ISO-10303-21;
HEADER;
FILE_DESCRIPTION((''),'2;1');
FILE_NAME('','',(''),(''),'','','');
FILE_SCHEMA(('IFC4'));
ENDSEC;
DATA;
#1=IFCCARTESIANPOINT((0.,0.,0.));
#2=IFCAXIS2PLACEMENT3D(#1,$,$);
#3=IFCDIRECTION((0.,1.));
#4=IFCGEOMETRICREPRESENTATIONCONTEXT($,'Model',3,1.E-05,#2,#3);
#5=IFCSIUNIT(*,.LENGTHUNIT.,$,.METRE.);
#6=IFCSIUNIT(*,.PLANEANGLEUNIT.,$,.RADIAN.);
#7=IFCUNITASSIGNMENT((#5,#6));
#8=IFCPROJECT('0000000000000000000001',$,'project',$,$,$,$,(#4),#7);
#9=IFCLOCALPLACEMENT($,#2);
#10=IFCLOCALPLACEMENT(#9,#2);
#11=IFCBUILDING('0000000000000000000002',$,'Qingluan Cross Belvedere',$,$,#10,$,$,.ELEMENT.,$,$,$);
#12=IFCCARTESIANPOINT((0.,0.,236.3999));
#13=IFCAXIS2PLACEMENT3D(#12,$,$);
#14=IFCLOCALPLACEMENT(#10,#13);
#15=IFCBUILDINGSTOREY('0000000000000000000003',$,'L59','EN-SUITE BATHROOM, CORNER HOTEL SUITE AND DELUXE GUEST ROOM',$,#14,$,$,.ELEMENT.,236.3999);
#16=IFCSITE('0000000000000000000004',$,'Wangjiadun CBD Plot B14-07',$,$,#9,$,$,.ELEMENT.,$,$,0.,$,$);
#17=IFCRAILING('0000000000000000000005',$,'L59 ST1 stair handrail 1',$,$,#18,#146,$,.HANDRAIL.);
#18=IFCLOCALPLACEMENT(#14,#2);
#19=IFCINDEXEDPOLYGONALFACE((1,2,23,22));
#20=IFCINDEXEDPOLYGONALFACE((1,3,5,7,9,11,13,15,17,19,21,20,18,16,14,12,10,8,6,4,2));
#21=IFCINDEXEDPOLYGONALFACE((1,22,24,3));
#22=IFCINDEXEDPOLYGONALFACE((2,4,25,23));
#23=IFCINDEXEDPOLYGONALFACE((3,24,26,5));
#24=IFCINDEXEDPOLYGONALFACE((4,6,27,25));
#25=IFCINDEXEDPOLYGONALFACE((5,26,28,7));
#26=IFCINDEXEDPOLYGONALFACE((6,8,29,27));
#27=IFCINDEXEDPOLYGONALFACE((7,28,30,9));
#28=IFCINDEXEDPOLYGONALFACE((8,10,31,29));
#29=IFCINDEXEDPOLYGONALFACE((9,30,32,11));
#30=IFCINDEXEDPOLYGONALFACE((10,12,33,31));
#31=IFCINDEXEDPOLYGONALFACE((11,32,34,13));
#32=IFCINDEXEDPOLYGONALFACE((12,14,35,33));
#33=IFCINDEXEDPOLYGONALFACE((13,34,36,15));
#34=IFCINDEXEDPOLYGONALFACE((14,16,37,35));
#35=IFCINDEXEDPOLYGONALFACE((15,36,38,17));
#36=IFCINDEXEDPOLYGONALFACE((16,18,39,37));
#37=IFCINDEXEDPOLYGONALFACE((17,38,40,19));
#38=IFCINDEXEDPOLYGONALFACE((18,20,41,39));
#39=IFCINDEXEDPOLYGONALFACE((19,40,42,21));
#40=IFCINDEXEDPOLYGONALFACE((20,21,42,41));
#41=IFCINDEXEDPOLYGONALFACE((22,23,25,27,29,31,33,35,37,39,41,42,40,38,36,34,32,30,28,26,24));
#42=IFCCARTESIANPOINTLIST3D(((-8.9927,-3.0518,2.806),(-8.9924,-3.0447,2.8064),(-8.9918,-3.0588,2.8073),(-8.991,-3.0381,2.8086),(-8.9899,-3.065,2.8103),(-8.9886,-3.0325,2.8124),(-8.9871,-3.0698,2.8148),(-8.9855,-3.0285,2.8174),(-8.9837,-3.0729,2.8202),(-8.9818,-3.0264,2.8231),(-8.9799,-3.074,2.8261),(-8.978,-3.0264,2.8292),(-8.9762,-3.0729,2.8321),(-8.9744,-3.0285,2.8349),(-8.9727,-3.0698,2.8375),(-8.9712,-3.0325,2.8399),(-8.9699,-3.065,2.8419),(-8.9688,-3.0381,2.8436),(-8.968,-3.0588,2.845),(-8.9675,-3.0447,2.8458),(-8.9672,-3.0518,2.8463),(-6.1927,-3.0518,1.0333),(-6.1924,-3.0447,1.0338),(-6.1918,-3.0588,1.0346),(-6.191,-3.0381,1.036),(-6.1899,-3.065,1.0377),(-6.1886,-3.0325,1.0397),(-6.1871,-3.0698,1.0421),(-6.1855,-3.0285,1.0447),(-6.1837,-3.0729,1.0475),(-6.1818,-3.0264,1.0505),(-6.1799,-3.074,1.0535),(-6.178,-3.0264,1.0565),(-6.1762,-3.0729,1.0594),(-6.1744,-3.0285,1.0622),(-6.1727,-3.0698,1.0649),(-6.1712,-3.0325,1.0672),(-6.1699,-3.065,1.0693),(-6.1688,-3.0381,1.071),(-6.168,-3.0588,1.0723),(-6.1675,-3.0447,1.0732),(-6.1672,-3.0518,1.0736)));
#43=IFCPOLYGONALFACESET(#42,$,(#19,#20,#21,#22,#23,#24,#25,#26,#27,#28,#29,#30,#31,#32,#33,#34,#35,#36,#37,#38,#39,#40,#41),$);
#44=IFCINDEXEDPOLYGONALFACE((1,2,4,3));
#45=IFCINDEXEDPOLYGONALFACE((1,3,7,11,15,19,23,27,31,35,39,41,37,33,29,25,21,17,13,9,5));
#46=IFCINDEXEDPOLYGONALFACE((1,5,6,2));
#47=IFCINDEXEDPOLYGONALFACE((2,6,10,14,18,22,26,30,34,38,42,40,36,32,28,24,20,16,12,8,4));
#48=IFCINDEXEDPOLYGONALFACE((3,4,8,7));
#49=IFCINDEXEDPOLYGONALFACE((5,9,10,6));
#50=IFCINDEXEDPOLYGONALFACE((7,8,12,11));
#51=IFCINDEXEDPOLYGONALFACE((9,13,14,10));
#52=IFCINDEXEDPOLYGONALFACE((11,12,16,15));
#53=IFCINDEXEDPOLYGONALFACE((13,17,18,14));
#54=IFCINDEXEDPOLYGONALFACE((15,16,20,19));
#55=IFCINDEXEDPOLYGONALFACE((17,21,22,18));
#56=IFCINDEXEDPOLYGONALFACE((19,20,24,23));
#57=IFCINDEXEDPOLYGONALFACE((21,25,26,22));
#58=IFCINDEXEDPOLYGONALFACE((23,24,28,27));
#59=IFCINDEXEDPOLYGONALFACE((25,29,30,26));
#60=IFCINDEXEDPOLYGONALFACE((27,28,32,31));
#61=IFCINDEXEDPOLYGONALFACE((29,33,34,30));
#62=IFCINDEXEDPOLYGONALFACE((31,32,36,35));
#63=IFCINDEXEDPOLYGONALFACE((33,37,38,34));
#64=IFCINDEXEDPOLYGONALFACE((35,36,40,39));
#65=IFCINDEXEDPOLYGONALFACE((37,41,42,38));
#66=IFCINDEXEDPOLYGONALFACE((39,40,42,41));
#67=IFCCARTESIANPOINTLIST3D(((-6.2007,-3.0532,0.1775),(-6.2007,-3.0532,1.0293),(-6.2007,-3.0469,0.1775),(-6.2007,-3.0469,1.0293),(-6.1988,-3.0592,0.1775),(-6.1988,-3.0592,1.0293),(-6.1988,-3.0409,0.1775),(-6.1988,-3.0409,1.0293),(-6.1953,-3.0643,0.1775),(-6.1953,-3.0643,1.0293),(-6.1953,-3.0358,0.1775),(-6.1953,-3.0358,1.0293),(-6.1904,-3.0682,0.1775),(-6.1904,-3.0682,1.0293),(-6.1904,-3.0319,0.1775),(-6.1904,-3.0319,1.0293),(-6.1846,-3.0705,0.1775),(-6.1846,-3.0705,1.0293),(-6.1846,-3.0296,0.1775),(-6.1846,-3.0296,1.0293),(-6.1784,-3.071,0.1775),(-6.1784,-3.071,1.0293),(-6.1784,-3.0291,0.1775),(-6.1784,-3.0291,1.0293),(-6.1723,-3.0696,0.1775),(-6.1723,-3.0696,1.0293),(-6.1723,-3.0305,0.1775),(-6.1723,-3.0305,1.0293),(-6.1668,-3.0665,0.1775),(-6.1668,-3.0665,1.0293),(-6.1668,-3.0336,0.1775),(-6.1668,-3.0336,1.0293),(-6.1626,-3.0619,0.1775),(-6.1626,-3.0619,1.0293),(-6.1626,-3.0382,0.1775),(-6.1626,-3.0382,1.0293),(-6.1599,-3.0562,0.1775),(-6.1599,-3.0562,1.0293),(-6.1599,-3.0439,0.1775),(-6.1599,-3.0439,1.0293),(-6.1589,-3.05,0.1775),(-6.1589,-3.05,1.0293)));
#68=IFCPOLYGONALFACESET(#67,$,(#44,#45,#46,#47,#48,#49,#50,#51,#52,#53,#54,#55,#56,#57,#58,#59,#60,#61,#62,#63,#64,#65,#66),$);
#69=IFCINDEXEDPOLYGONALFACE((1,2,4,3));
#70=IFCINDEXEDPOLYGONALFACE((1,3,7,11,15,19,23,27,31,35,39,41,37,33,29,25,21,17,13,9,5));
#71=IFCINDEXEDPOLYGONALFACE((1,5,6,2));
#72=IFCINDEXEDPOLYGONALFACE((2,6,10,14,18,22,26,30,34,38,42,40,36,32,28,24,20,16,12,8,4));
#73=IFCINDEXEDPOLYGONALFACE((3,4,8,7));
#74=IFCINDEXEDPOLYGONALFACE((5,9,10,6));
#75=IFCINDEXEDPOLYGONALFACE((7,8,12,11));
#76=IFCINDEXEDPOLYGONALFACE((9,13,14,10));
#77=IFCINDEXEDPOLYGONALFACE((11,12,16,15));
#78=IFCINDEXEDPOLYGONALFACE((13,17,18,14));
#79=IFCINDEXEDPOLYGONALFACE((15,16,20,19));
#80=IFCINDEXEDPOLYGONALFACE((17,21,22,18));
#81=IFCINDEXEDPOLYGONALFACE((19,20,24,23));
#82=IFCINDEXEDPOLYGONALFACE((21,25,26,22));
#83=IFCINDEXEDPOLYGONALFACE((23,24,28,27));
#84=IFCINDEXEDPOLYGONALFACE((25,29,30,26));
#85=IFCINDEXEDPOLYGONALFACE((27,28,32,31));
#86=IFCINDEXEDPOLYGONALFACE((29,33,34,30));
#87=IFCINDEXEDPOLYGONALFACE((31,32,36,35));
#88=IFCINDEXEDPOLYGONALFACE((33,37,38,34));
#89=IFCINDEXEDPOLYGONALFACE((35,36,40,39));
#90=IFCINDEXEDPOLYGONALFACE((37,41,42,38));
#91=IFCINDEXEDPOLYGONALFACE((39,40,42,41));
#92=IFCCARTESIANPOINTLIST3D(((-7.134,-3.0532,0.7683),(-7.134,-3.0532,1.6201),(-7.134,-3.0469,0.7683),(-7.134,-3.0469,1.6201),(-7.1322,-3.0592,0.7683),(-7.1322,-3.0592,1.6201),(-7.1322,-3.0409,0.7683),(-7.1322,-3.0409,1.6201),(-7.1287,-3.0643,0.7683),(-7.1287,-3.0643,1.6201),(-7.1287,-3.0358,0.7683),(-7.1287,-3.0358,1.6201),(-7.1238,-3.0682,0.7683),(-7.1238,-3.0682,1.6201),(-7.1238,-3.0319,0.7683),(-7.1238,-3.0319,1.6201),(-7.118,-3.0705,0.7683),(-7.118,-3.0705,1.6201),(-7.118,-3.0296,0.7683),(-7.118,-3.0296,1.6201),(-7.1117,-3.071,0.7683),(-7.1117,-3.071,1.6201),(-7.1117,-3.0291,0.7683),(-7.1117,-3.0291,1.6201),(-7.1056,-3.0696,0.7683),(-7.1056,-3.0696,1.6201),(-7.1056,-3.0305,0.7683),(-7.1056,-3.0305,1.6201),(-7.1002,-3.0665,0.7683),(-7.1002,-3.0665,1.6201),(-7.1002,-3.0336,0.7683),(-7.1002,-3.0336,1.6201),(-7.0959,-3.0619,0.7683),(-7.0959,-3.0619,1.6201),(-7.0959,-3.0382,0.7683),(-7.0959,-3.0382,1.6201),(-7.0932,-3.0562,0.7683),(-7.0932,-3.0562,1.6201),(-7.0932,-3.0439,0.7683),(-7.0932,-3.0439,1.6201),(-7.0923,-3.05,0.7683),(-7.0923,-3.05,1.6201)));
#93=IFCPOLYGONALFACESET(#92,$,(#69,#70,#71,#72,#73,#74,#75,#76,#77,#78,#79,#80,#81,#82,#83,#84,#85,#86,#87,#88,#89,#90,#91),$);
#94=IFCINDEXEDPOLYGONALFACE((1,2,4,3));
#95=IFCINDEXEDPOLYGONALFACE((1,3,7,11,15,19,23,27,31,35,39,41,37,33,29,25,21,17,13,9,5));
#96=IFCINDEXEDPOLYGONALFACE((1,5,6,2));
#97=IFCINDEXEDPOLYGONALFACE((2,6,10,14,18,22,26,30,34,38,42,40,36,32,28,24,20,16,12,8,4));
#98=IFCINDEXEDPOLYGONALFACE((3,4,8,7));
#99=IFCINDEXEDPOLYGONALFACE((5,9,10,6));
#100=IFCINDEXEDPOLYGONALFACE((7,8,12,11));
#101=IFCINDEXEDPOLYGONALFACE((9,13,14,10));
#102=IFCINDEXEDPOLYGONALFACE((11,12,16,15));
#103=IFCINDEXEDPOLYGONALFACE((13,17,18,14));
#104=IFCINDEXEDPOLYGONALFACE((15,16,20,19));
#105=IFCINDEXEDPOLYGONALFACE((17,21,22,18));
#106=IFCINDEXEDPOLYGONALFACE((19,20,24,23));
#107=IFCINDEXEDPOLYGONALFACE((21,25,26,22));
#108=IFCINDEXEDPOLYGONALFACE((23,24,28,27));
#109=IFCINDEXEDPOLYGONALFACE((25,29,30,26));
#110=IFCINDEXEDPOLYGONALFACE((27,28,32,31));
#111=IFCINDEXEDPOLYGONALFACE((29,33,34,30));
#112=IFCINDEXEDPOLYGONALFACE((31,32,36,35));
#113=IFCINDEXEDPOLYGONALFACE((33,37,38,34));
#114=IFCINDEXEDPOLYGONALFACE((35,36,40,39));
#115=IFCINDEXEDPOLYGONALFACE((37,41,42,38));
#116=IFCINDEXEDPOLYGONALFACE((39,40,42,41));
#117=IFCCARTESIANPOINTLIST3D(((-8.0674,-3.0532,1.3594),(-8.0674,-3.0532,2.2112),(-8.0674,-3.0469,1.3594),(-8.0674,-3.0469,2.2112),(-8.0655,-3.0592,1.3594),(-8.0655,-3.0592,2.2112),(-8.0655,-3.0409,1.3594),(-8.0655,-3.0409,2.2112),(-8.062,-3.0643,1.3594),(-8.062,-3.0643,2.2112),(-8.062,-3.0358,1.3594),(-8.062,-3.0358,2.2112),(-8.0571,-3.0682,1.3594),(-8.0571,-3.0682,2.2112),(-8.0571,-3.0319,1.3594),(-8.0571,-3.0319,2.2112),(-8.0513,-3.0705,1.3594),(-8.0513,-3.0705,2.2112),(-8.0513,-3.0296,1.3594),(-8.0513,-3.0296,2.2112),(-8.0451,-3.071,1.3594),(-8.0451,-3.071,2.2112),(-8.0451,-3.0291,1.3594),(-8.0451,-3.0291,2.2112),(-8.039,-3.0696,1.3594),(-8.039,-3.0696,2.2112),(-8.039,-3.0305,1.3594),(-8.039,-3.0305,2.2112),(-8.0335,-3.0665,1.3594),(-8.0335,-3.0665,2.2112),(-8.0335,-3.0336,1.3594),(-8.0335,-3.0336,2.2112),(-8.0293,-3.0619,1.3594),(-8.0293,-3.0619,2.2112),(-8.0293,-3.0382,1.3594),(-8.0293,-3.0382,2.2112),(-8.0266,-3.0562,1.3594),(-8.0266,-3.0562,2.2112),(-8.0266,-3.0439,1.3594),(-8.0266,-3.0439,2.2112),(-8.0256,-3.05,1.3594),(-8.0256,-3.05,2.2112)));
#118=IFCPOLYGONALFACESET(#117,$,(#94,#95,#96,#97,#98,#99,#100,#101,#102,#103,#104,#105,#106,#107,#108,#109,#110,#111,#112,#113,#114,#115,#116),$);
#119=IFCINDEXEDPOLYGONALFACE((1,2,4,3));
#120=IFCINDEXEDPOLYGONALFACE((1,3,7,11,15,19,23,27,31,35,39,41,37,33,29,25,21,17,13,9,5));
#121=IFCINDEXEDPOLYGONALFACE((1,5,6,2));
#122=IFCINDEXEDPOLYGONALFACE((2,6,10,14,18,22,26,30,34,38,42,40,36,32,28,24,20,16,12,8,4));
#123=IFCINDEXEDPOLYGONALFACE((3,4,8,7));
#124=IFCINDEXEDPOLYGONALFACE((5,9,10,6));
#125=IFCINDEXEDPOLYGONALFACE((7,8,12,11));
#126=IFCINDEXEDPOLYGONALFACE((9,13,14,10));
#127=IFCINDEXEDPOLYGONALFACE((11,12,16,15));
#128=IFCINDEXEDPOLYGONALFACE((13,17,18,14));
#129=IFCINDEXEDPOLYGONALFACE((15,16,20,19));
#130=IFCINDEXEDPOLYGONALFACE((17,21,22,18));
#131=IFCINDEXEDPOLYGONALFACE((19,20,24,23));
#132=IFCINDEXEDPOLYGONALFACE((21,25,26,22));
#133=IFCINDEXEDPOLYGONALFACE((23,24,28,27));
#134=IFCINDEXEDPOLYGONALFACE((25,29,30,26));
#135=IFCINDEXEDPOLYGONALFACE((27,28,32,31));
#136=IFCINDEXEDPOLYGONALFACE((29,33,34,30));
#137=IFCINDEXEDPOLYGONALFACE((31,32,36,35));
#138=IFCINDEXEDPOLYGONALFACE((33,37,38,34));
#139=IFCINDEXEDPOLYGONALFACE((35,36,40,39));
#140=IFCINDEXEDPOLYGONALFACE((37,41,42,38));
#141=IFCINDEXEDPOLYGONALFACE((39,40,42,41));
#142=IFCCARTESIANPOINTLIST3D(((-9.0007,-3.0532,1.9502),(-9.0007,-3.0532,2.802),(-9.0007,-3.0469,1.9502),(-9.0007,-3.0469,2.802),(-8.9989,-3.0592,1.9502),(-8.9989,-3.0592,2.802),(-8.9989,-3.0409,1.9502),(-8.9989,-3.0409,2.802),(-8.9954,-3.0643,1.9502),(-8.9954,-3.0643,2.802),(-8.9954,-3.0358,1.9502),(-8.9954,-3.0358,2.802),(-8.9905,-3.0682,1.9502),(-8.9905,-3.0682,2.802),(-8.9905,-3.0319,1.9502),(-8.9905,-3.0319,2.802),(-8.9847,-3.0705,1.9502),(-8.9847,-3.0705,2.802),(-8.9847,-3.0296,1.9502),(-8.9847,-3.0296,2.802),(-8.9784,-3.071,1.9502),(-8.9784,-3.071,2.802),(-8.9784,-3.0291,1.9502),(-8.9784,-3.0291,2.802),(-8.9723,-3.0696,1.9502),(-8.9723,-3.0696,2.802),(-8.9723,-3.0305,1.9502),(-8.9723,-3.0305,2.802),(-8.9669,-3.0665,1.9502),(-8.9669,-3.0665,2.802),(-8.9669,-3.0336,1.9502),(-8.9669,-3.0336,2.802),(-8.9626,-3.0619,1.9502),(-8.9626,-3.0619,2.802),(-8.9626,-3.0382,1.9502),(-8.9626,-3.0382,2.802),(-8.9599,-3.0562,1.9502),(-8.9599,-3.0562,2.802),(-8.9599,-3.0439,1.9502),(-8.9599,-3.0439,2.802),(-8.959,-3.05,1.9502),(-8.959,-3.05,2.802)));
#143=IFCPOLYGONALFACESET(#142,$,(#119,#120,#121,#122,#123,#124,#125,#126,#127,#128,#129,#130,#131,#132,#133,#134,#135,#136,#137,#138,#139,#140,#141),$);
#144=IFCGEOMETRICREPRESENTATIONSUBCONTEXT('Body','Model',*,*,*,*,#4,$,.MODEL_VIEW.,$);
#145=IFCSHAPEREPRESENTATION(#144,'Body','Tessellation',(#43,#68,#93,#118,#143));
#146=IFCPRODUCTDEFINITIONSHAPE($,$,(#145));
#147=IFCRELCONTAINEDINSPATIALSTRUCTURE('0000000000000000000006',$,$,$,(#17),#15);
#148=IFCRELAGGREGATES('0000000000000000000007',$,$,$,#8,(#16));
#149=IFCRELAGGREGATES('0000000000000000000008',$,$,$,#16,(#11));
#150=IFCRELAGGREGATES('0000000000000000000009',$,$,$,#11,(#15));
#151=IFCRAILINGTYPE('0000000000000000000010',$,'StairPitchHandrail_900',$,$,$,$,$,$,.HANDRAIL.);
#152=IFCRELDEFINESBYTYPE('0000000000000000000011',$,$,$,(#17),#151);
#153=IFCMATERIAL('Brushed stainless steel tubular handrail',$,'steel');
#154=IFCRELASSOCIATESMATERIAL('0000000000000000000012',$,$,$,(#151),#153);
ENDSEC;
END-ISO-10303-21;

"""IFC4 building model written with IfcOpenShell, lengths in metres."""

from ifc_helpers import new_model, si_unit, direction, frame, origin, origin_2d, place, context, subcontext, project, spatial, circle, extrude, material, type_object, element, save


model = new_model("IFC4")

# Units and contexts
model_context = context("Model", 3, precision=1e-05, world=origin(), true_north=direction((0.0, 1.0)))
body_context = subcontext(model_context, "Body", "Model", "MODEL_VIEW")
ifc_project = project(units=[si_unit("LENGTHUNIT", "METRE"), si_unit("PLANEANGLEUNIT", "RADIAN")], contexts=[model_context])

# Site, building, storey
site_placement = place(None, origin())
site = spatial("IfcSite", under=ifc_project, at=site_placement, Name="Wangjiadun CBD Plot B14-07", CompositionType="ELEMENT", RefElevation=0.0)
building_placement = place(site_placement, origin())
building = spatial("IfcBuilding", under=site, at=building_placement, Name="Qingluan Cross Belvedere", CompositionType="ELEMENT")
storey_placement = place(building_placement, frame((0.0, 0.0, 236.3999)))
storey = spatial("IfcBuildingStorey", under=building, at=storey_placement, Name="L59", Description="EN-SUITE BATHROOM, CORNER HOTEL SUITE AND DELUXE GUEST ROOM", CompositionType="ELEMENT", Elevation=236.3999)

# Railing
ifc_material_1 = material(Name="Brushed stainless steel tubular handrail", Category="steel")
railing_type_1 = type_object("IfcRailingType", Name="StairPitchHandrail_900", PredefinedType="HANDRAIL", material=ifc_material_1)
railing_1_placement = place(storey_placement, frame((-6.1799, -3.05, 0.1775)))
element("IfcRailing", 1, at=railing_1_placement, inside=storey, type_object=railing_type_1, Name="L59 ST1 stair handrail 1", PredefinedType="HANDRAIL", context=body_context, shape_type="SweptSolid", body=[
    extrude(circle(Radius=0.0239, at=origin_2d()), frame((0.0, 0.0, 0.876), z_axis=(-0.844909, 0.0, 0.53491), x_axis=(0.0, -1.0, 0.0)), (0.0, 0.0, 1.0), 3.314),
    extrude(circle(Radius=0.021, at=origin_2d()), origin(), (0.0, 0.0, 1.0), 0.8518),
    extrude(circle(Radius=0.021, at=origin_2d()), frame((-0.9333, 0.0, 0.5908)), (0.0, 0.0, 1.0), 0.8518),
    extrude(circle(Radius=0.021, at=origin_2d()), frame((-1.8667, 0.0, 1.1819)), (0.0, 0.0, 1.0), 0.8518),
    extrude(circle(Radius=0.021, at=origin_2d()), frame((-2.8, 0.0, 1.7727)), (0.0, 0.0, 1.0), 0.8518),
])

save(model, "model.ifc")
